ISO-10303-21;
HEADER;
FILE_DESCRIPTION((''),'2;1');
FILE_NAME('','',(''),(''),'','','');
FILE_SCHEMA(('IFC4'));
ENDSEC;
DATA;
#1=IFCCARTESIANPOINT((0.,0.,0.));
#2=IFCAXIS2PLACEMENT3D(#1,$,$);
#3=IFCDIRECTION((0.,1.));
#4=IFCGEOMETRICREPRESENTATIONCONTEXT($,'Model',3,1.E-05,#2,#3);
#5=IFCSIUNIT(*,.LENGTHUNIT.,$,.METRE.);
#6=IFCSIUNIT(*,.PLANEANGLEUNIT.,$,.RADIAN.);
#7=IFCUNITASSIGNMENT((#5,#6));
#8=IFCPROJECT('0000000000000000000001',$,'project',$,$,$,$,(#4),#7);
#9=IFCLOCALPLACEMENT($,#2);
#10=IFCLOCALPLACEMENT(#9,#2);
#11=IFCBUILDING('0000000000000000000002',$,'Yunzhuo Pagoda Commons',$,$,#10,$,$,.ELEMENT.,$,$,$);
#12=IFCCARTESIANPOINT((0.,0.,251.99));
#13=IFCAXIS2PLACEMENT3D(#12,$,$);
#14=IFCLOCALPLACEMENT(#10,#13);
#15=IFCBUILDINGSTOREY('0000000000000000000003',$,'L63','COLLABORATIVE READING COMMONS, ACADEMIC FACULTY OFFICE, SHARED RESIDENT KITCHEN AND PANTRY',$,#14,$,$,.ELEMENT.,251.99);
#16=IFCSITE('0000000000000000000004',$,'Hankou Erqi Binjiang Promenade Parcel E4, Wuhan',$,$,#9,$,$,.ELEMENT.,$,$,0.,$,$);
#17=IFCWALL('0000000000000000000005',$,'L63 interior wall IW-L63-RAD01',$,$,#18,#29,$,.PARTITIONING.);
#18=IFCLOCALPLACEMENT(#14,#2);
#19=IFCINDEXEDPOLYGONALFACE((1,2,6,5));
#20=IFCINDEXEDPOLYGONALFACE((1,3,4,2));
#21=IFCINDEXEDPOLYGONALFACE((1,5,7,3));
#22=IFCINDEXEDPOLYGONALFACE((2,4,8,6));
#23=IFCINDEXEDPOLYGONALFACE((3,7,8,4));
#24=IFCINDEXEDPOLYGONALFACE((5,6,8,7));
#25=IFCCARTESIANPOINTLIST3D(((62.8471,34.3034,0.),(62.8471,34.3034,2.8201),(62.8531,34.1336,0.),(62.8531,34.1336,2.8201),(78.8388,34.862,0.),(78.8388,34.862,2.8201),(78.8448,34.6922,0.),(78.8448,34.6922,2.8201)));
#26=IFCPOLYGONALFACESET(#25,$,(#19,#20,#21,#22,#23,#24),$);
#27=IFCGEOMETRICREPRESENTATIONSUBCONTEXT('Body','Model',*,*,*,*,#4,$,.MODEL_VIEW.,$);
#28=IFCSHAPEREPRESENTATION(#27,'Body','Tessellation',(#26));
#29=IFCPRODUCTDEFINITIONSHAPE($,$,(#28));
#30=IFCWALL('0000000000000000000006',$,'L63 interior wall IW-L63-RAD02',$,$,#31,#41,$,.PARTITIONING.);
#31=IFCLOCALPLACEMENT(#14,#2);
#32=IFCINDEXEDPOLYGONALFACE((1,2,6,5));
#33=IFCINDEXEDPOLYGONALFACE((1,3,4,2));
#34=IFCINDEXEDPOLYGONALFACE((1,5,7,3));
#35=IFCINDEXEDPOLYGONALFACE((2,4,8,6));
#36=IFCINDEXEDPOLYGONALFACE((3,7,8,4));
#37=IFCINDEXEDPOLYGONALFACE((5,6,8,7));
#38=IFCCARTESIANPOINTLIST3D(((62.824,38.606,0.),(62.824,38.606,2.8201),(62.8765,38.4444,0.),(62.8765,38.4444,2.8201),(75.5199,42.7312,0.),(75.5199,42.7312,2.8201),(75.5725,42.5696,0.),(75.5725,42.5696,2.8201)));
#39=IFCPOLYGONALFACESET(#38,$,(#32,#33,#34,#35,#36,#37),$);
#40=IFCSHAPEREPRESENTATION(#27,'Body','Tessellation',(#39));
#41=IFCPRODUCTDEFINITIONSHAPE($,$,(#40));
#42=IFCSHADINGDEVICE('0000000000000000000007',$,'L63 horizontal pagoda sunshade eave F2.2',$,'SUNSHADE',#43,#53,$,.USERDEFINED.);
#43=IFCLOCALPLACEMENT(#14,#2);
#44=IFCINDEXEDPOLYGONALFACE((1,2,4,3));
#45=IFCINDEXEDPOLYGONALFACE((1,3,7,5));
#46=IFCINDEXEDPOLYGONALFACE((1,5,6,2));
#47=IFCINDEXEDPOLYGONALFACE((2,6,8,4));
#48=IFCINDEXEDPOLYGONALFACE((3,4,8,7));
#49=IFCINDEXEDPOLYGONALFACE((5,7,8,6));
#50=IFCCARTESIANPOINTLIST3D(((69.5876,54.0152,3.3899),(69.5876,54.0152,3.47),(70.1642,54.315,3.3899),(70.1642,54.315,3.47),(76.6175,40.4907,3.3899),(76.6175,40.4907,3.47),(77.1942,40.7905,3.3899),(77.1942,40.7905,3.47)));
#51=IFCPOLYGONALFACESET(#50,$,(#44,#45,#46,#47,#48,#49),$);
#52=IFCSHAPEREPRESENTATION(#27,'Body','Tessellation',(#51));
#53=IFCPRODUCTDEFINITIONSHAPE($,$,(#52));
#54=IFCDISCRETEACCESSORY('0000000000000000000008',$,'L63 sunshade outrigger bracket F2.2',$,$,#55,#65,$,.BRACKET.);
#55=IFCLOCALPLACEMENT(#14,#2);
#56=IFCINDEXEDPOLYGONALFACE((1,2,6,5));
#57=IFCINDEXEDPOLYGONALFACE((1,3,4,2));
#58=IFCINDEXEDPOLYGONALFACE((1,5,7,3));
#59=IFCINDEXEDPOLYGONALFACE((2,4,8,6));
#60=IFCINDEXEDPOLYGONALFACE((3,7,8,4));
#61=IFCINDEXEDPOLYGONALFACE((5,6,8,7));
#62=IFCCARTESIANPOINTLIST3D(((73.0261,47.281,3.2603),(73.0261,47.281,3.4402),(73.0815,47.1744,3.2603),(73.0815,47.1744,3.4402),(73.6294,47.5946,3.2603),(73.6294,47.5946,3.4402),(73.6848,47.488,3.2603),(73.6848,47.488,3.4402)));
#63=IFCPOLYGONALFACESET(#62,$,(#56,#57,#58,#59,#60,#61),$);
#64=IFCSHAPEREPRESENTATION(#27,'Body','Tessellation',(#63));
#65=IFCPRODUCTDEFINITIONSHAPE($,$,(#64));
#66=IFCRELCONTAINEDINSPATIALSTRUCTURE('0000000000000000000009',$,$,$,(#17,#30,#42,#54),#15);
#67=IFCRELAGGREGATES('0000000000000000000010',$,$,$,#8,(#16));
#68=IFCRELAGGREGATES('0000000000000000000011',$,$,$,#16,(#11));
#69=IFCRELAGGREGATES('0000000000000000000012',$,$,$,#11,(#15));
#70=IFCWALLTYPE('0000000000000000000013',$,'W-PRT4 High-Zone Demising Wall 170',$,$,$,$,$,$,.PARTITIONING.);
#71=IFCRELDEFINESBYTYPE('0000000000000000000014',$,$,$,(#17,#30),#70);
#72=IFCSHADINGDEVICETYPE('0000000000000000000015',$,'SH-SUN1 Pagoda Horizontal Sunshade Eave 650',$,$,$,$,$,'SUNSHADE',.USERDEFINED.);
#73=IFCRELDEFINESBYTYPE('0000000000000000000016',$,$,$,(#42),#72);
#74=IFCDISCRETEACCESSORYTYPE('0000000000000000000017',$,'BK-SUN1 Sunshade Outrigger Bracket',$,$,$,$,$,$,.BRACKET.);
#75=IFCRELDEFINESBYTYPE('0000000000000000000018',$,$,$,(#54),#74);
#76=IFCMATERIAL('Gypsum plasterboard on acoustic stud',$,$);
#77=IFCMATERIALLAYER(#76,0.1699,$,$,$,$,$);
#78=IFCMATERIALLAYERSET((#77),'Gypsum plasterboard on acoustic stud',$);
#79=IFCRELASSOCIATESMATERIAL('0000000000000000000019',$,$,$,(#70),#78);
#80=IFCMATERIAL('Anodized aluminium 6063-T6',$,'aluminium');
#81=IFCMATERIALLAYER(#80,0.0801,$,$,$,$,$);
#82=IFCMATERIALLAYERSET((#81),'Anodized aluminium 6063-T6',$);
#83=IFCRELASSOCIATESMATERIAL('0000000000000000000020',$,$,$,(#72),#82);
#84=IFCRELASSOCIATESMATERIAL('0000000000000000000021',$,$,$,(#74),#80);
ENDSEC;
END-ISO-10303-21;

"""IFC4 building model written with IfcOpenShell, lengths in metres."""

from ifc_helpers import new_model, si_unit, direction, frame, frame_2d, origin, origin_2d, place, context, subcontext, project, spatial, rectangle, extrude, source, transform, mapped, material, layer, layer_set, type_object, element, save


model = new_model("IFC4")

# Units and contexts
model_context = context("Model", 3, precision=1e-05, world=origin(), true_north=direction((0.0, 1.0)))
body_context = subcontext(model_context, "Body", "Model", "MODEL_VIEW")
ifc_project = project(units=[si_unit("LENGTHUNIT", "METRE"), si_unit("PLANEANGLEUNIT", "RADIAN")], contexts=[model_context])

# Site, building, storey
site_placement = place(None, origin())
site = spatial("IfcSite", under=ifc_project, at=site_placement, Name="Hankou Erqi Binjiang Promenade Parcel E4, Wuhan", CompositionType="ELEMENT", RefElevation=0.0)
building_placement = place(site_placement, origin())
building = spatial("IfcBuilding", under=site, at=building_placement, Name="Yunzhuo Pagoda Commons", CompositionType="ELEMENT")
storey_placement = place(building_placement, frame((0.0, 0.0, 251.99)))
storey = spatial("IfcBuildingStorey", under=building, at=storey_placement, Name="L63", Description="COLLABORATIVE READING COMMONS, ACADEMIC FACULTY OFFICE, SHARED RESIDENT KITCHEN AND PANTRY", CompositionType="ELEMENT", Elevation=251.99)

# Shared definitions
ifc_material_1 = material(Name="Anodized aluminium 6063-T6", Category="aluminium")

# Shared definitions
ifc_material_2 = material(Name="Gypsum plasterboard on acoustic stud")

# Walls
ifc_layer_1 = layer(ifc_material_2, 0.1699)
ifc_layer_set_1 = layer_set([ifc_layer_1], Name="Gypsum plasterboard on acoustic stud")
wall_type_1 = type_object("IfcWallType", Name="W-PRT4 High-Zone Demising Wall 170", PredefinedType="PARTITIONING", material=ifc_layer_set_1)
wall_1_placement = place(storey_placement, frame((62.8501, 34.2185, 0.0), z_axis=(0.0, 0.0, 1.0), x_axis=(0.99939, 0.034909, 0.0)))
element("IfcWall", 1, at=wall_1_placement, inside=storey, type_object=wall_type_1, Name="L63 interior wall IW-L63-RAD01", PredefinedType="PARTITIONING", context=body_context, shape_type="SweptSolid", body=[
    extrude(rectangle(XDim=16.0015, YDim=0.1699, at=frame_2d((8.0007, 0.0))), origin(), (0.0, 0.0, 1.0), 2.8201),
])
wall_2_placement = place(storey_placement, frame((62.8501, 38.5251, 0.0), z_axis=(0.0, 0.0, 1.0), x_axis=(0.951055, 0.30902, 0.0)))
element("IfcWall", 2, at=wall_2_placement, inside=storey, type_object=wall_type_1, Name="L63 interior wall IW-L63-RAD02", PredefinedType="PARTITIONING", context=body_context, shape_type="SweptSolid", body=[
    extrude(rectangle(XDim=13.3494, YDim=0.1699, at=frame_2d((6.6748, 0.0))), origin(), (0.0, 0.0, 1.0), 2.8201),
])

# Shading device
ifc_layer_2 = layer(ifc_material_1, 0.0801)
ifc_layer_set_2 = layer_set([ifc_layer_2], Name="Anodized aluminium 6063-T6")
shading_device_type = type_object("IfcShadingDeviceType", Name="SH-SUN1 Pagoda Horizontal Sunshade Eave 650", ElementType="SUNSHADE", PredefinedType="USERDEFINED", material=ifc_layer_set_2)
shared_shape_1 = source(origin(), body_context, "Body", "SweptSolid", [
    extrude(rectangle(XDim=15.2424, YDim=0.6499, at=origin_2d()), origin(), (0.0, 0.0, 1.0), 0.0801),
])
shading_device_placement = place(storey_placement, frame((73.3909, 47.4028, 3.3899), z_axis=(0.0, 0.0, 1.0), x_axis=(-0.461207, 0.887293, 0.0)))
element("IfcShadingDevice", 3, at=shading_device_placement, inside=storey, type_object=shading_device_type, Name="L63 horizontal pagoda sunshade eave F2.2", ObjectType="SUNSHADE", PredefinedType="USERDEFINED", context=body_context, shape_type="MappedRepresentation", body=[
    mapped(shared_shape_1, transform((0.0, 0.0, 0.0), scale=1.0)),
])

# Discrete accessory
discrete_accessory_type = type_object("IfcDiscreteAccessoryType", Name="BK-SUN1 Sunshade Outrigger Bracket", PredefinedType="BRACKET", material=ifc_material_1)
shared_shape_2 = source(origin(), body_context, "Body", "SweptSolid", [
    extrude(rectangle(XDim=0.1201, YDim=0.6799, at=origin_2d()), origin(), (0.0, 0.0, 1.0), 0.1799),
])
discrete_accessory_placement = place(storey_placement, frame((73.3555, 47.3845, 3.2603), z_axis=(0.0, 0.0, 1.0), x_axis=(-0.461207, 0.887293, 0.0)))
element("IfcDiscreteAccessory", 4, at=discrete_accessory_placement, inside=storey, type_object=discrete_accessory_type, Name="L63 sunshade outrigger bracket F2.2", PredefinedType="BRACKET", context=body_context, shape_type="MappedRepresentation", body=[
    mapped(shared_shape_2, transform((0.0, 0.0, 0.0), scale=1.0)),
])

save(model, "model.ifc")
